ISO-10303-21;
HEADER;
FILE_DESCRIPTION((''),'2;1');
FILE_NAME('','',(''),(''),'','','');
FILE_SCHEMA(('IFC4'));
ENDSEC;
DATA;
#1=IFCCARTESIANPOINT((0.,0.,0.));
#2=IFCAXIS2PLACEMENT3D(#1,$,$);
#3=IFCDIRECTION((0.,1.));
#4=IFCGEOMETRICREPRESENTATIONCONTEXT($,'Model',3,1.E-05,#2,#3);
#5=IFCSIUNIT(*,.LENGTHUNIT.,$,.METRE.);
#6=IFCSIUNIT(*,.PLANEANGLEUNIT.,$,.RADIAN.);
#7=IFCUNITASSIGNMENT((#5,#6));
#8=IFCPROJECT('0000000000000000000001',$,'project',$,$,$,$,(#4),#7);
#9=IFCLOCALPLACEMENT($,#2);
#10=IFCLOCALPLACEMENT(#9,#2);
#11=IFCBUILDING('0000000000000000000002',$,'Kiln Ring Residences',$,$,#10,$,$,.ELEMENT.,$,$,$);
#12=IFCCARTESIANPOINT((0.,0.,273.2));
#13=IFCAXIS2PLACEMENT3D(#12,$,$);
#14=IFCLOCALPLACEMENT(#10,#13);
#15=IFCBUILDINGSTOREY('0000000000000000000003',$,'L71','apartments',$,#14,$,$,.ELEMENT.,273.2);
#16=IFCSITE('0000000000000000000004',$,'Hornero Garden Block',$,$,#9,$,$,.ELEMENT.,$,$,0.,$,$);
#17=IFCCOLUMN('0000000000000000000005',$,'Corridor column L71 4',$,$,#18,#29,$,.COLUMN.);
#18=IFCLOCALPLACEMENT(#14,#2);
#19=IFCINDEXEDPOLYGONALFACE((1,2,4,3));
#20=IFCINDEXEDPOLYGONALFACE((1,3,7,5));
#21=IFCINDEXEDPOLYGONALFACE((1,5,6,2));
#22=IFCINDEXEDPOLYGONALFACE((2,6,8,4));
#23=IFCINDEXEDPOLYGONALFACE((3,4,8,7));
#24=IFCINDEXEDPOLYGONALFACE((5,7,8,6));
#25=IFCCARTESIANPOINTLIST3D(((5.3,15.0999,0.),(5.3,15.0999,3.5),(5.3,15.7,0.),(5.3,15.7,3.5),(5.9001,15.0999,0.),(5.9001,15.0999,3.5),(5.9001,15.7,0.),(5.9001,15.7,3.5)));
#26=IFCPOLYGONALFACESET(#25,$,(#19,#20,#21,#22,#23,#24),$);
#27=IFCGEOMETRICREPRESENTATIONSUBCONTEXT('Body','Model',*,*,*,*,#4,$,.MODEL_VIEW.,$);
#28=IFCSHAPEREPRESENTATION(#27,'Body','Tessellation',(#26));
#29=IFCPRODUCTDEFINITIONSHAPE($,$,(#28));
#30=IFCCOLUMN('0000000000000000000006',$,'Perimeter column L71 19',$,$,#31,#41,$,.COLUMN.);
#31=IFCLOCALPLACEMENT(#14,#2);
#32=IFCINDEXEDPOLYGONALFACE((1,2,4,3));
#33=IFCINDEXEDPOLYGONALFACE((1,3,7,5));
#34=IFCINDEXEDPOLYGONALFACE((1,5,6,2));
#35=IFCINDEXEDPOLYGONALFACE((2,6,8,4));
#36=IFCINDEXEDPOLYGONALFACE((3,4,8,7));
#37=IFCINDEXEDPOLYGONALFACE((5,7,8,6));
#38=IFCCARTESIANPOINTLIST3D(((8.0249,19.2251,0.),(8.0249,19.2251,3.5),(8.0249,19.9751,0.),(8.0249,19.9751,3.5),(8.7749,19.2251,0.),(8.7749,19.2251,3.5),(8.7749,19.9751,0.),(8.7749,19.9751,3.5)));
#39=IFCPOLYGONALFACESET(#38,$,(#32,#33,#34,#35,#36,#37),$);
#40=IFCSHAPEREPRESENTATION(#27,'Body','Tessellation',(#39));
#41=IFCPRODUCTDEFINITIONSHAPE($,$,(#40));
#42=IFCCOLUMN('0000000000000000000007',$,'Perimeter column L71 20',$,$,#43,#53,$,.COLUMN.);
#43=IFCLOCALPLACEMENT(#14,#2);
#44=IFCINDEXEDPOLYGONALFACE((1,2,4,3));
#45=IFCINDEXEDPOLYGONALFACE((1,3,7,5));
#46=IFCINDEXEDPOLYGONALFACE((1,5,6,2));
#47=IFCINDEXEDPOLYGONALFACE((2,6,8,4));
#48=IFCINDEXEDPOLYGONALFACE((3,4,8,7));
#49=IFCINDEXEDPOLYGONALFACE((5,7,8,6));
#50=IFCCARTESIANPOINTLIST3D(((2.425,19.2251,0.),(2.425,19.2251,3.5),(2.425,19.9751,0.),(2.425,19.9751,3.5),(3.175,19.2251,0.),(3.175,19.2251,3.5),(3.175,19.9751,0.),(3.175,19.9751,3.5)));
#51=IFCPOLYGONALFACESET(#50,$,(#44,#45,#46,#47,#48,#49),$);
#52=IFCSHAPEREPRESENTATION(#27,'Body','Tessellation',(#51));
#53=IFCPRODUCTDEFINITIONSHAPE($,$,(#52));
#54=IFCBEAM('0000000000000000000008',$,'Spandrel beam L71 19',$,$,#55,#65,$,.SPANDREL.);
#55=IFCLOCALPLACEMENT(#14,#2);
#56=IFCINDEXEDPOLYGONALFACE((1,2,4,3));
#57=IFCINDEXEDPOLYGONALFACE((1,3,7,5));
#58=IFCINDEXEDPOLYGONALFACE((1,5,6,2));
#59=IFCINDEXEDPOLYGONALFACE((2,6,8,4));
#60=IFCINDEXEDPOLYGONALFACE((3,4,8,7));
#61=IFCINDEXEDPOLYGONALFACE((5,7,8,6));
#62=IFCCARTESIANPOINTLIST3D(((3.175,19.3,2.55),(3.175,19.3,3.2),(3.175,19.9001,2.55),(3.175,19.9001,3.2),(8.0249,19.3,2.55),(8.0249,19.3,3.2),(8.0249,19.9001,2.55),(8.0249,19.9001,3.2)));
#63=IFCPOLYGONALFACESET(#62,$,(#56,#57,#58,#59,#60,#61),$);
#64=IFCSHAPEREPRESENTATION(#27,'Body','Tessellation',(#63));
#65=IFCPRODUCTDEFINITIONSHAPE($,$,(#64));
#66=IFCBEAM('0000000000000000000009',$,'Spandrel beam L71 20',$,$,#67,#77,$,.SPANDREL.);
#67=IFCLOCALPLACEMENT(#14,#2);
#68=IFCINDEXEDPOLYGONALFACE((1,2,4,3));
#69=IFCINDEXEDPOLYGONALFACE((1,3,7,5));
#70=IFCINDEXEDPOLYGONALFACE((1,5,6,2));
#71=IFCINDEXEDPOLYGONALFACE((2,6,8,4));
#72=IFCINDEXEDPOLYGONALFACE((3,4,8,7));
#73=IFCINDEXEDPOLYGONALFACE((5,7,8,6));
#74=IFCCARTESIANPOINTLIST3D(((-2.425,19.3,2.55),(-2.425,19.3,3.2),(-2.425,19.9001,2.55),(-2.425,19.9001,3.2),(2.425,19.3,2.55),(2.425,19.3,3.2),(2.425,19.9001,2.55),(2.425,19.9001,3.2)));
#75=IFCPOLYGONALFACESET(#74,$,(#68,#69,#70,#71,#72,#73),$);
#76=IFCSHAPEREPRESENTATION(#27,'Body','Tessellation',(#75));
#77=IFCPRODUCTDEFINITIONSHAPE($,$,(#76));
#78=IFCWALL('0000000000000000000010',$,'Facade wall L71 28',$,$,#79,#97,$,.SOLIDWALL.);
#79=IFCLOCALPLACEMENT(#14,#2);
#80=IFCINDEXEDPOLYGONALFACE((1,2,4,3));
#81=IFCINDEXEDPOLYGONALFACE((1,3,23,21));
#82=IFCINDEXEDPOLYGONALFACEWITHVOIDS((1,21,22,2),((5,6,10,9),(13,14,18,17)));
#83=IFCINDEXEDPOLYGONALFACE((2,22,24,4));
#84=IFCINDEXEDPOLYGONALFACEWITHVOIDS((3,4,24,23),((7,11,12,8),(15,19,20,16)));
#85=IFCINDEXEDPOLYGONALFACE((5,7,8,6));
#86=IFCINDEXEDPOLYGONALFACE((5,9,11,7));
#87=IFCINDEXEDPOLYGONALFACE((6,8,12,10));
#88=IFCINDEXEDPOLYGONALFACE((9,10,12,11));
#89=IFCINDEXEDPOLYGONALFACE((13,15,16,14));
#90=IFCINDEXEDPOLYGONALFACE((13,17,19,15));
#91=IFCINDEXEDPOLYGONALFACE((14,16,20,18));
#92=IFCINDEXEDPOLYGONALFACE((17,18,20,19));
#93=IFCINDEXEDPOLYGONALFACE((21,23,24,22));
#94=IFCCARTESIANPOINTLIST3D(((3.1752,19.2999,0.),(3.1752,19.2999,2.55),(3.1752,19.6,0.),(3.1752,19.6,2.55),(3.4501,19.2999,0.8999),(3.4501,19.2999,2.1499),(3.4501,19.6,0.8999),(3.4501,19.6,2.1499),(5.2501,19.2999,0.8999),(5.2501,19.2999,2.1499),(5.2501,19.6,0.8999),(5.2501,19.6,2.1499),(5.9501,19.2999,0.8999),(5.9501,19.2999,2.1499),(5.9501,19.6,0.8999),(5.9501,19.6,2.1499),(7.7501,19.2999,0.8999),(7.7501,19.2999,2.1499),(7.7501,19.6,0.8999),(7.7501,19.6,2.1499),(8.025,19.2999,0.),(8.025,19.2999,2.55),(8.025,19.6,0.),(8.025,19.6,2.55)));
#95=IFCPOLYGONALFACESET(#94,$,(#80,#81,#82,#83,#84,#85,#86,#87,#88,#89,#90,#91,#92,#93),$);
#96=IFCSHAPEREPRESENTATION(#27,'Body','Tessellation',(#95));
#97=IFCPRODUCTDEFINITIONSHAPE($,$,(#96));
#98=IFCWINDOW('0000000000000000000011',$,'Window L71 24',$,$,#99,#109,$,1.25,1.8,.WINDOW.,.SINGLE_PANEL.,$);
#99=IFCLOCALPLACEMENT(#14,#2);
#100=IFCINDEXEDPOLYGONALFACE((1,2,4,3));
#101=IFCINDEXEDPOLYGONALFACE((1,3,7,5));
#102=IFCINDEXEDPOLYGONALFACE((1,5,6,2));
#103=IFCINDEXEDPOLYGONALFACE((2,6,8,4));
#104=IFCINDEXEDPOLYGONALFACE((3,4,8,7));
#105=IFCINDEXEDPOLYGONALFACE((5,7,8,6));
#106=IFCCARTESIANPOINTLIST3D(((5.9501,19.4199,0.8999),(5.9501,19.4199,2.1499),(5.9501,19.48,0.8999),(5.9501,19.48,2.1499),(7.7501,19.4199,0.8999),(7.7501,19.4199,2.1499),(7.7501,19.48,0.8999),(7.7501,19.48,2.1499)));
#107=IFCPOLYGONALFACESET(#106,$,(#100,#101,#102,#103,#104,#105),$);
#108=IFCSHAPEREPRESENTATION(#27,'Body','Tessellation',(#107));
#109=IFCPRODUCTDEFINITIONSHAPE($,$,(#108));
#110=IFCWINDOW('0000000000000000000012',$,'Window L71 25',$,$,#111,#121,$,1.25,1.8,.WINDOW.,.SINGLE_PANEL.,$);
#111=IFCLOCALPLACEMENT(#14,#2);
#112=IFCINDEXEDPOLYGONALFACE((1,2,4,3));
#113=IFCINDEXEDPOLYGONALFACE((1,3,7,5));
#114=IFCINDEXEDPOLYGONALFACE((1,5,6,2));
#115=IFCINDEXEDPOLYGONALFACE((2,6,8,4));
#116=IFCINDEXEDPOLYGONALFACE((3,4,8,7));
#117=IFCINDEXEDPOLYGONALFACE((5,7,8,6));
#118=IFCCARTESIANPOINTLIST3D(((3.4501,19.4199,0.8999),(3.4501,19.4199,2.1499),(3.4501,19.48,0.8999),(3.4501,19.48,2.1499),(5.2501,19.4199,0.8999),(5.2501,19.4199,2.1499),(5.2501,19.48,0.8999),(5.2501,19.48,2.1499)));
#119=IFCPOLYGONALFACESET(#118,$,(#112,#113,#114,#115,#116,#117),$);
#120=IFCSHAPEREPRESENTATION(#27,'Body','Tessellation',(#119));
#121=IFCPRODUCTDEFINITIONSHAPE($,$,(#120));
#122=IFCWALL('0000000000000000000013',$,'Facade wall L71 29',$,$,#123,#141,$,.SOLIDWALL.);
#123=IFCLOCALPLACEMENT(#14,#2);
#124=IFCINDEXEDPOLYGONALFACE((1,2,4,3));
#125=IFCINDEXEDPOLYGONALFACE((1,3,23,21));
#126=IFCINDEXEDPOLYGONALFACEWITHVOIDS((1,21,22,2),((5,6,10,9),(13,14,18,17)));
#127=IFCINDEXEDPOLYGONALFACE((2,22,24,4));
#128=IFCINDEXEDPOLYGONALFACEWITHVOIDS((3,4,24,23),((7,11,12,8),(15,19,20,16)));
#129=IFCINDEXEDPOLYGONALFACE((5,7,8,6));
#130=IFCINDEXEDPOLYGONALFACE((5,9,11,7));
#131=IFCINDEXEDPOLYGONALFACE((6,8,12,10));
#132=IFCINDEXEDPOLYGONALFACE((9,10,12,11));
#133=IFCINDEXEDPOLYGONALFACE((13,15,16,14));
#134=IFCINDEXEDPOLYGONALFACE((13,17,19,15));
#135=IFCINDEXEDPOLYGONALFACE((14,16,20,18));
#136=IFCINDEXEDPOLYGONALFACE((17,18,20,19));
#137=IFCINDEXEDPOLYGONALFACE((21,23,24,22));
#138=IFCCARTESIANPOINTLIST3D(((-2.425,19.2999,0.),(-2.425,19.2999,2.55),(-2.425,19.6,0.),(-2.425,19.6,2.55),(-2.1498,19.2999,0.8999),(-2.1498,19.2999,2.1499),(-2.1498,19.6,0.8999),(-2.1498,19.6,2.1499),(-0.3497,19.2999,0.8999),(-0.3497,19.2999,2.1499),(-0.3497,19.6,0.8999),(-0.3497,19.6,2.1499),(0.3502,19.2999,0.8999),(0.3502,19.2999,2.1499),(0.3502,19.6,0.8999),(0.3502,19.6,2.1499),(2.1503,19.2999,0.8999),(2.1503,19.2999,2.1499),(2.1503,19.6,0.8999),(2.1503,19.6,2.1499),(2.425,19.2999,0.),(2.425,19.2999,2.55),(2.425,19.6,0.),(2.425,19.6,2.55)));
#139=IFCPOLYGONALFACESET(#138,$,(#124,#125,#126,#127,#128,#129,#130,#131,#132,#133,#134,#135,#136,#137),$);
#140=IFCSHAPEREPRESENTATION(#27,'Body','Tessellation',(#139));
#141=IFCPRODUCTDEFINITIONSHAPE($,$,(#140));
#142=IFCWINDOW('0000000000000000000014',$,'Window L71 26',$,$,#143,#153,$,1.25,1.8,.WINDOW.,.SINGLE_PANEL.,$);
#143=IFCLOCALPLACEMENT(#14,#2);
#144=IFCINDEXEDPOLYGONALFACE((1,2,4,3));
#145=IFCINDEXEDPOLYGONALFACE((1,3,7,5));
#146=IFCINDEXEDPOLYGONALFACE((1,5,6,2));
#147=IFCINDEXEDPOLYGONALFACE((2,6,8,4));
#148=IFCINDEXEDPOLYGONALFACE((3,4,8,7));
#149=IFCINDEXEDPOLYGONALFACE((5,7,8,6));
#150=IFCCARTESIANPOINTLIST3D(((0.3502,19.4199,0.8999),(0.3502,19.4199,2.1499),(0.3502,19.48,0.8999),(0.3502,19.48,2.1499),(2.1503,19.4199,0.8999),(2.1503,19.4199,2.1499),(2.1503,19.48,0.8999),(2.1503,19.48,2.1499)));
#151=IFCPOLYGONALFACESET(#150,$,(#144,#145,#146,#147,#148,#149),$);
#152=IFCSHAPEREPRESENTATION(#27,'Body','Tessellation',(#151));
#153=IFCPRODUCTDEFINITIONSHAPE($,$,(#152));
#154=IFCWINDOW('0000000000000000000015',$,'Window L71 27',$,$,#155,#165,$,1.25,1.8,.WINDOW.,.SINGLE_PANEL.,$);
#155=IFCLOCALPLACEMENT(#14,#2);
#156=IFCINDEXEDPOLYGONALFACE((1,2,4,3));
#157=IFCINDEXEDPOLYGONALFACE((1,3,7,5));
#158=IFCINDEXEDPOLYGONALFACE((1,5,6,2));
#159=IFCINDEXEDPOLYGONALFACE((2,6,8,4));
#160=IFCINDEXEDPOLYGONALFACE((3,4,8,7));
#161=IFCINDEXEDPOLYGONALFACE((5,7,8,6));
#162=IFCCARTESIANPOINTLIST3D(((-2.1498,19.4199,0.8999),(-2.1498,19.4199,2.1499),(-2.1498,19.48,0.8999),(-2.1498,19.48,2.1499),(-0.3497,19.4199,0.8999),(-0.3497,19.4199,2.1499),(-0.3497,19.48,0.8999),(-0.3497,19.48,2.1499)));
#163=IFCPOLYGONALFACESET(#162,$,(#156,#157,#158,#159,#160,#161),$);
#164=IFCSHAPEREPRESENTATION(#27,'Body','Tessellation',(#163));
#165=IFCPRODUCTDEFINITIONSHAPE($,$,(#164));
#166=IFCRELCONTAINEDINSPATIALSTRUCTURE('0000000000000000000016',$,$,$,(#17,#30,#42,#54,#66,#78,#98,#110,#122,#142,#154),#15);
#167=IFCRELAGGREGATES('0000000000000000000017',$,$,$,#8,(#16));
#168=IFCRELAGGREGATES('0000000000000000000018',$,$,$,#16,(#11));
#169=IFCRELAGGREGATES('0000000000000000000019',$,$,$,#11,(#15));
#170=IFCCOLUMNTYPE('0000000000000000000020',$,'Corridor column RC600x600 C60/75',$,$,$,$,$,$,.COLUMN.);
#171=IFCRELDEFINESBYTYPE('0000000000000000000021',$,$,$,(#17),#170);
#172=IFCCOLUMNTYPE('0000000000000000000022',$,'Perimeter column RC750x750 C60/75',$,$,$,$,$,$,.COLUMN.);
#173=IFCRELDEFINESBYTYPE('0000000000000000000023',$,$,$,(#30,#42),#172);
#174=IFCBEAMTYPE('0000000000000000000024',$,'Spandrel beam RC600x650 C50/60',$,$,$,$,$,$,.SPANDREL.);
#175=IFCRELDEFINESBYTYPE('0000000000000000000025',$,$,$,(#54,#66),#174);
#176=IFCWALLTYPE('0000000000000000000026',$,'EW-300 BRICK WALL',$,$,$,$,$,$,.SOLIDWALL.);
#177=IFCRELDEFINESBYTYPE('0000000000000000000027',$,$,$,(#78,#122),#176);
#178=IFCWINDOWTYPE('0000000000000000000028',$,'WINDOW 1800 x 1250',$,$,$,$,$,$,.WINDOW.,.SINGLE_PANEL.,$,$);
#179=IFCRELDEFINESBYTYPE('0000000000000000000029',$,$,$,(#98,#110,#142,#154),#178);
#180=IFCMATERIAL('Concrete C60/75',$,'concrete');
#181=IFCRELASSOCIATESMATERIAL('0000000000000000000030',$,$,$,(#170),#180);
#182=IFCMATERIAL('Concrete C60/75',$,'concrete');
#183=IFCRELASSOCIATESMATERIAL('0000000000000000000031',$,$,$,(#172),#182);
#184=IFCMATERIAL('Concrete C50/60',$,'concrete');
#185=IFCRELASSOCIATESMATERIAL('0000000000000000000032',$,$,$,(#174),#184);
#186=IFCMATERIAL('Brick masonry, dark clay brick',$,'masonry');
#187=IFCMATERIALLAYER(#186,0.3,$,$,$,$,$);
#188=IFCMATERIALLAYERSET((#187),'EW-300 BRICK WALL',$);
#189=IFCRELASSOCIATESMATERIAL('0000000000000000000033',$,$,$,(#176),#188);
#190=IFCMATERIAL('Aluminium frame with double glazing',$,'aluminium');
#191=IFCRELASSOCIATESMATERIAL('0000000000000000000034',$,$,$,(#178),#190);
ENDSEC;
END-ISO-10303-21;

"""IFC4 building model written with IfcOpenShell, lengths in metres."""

from ifc_helpers import new_model, si_unit, direction, frame, frame_2d, origin, origin_2d, place, context, subcontext, project, spatial, rectangle, extrude, material, layer, layer_set, material_profile, profile_set, type_object, element, fill, save


model = new_model("IFC4")

# Units and contexts
model_context = context("Model", 3, precision=1e-05, world=origin(), true_north=direction((0.0, 1.0)))
body_context = subcontext(model_context, "Body", "Model", "MODEL_VIEW")
ifc_project = project(units=[si_unit("LENGTHUNIT", "METRE"), si_unit("PLANEANGLEUNIT", "RADIAN")], contexts=[model_context])

# Site, building, storey
site_placement = place(None, origin())
site = spatial("IfcSite", under=ifc_project, at=site_placement, Name="Hornero Garden Block", CompositionType="ELEMENT", RefElevation=0.0)
building_placement = place(site_placement, origin())
building = spatial("IfcBuilding", under=site, at=building_placement, Name="Kiln Ring Residences", CompositionType="ELEMENT")
storey_placement = place(building_placement, frame((0.0, 0.0, 273.2)))
storey = spatial("IfcBuildingStorey", under=building, at=storey_placement, Name="L71", Description="apartments", CompositionType="ELEMENT", Elevation=273.2)

# Columns
ifc_material_1 = material(Name="Concrete C60/75", Category="concrete")
ifc_material_profile_1 = material_profile(ifc_material_1, rectangle(XDim=0.6001, YDim=0.6001, at=origin_2d()), Name="RC600x600")
ifc_profile_set_1 = profile_set([ifc_material_profile_1], Name="Concrete C60/75")
column_type_1 = type_object("IfcColumnType", Name="Corridor column RC600x600 C60/75", PredefinedType="COLUMN", material=ifc_profile_set_1)
column_placement = place(storey_placement, frame((5.6001, 15.3999, 0.0), z_axis=(0.0, 0.0, 1.0), x_axis=(1.0, 0.0, 0.0)))
element("IfcColumn", 1, at=column_placement, inside=storey, type_object=column_type_1, Name="Corridor column L71 4", PredefinedType="COLUMN", context=body_context, shape_type="SweptSolid", body=[
    extrude(rectangle(XDim=0.6001, YDim=0.6001, at=origin_2d()), origin(), (0.0, 0.0, 1.0), 3.5),
])
ifc_material_2 = material(Name="Concrete C60/75", Category="concrete")
ifc_material_profile_2 = material_profile(ifc_material_2, rectangle(XDim=0.75, YDim=0.75, at=origin_2d()), Name="RC750x750")
ifc_profile_set_2 = profile_set([ifc_material_profile_2], Name="Concrete C60/75")
column_type_2 = type_object("IfcColumnType", Name="Perimeter column RC750x750 C60/75", PredefinedType="COLUMN", material=ifc_profile_set_2)
for number, where, z_axis, x_axis, name in (
    (2, (8.3999, 19.6001, 0.0), (0.0, 0.0, 1.0), (1.0, 0.0, 0.0), "Perimeter column L71 19"),
    (3, (2.8, 19.6001, 0.0), (0.0, 0.0, 1.0), (1.0, 0.0, 0.0), "Perimeter column L71 20"),
):
    element("IfcColumn", number, at=place(storey_placement, frame(where, z_axis=z_axis, x_axis=x_axis)), inside=storey, type_object=column_type_2, Name=name, PredefinedType="COLUMN", context=body_context, shape_type="SweptSolid", body=[
        extrude(rectangle(XDim=0.75, YDim=0.75, at=origin_2d()), origin(), (0.0, 0.0, 1.0), 3.5),
    ])

# Beams
ifc_material_3 = material(Name="Concrete C50/60", Category="concrete")
ifc_material_profile_3 = material_profile(ifc_material_3, rectangle(XDim=0.6001, YDim=0.6499, at=origin_2d()), Name="RC600x650")
ifc_profile_set_3 = profile_set([ifc_material_profile_3], Name="Concrete C50/60")
beam_type = type_object("IfcBeamType", Name="Spandrel beam RC600x650 C50/60", PredefinedType="SPANDREL", material=ifc_profile_set_3)
beam_1_placement = place(storey_placement, frame((8.0249, 19.6001, 2.875), z_axis=(-1.0, 0.0, 0.0), x_axis=(0.0, -1.0, 0.0)))
element("IfcBeam", 4, at=beam_1_placement, inside=storey, type_object=beam_type, Name="Spandrel beam L71 19", PredefinedType="SPANDREL", context=body_context, shape_type="SweptSolid", body=[
    extrude(rectangle(XDim=0.6001, YDim=0.6499, at=origin_2d()), origin(), (0.0, 0.0, 1.0), 4.8499),
])
beam_2_placement = place(storey_placement, frame((2.425, 19.6001, 2.875), z_axis=(-1.0, 0.0, 0.0), x_axis=(0.0, -1.0, 0.0)))
element("IfcBeam", 5, at=beam_2_placement, inside=storey, type_object=beam_type, Name="Spandrel beam L71 20", PredefinedType="SPANDREL", context=body_context, shape_type="SweptSolid", body=[
    extrude(rectangle(XDim=0.6001, YDim=0.6499, at=origin_2d()), origin(), (0.0, 0.0, 1.0), 4.8501),
])

# Walls, openings, windows
ifc_material_4 = material(Name="Brick masonry, dark clay brick", Category="masonry")
ifc_layer_1 = layer(ifc_material_4, 0.3)
ifc_layer_set_1 = layer_set([ifc_layer_1], Name="EW-300 BRICK WALL")
wall_type_1 = type_object("IfcWallType", Name="EW-300 BRICK WALL", PredefinedType="SOLIDWALL", material=ifc_layer_set_1)
wall_1_placement = place(storey_placement, frame((8.0249, 19.45, 0.0), z_axis=(0.0, 0.0, 1.0), x_axis=(-1.0, 0.0, 0.0)))
wall_1 = element("IfcWall", 6, at=wall_1_placement, inside=storey, type_object=wall_type_1, Name="Facade wall L71 28", PredefinedType="SOLIDWALL", context=body_context, shape_type="SweptSolid", body=[
    extrude(rectangle(XDim=4.8499, YDim=0.3, at=frame_2d((2.4248, 0.0))), origin(), (0.0, 0.0, 1.0), 2.55),
])
opening_1_placement = place(wall_1_placement, frame((0.2749, 0.0, 0.8999)))
opening_1 = element("IfcOpeningElement", 7, at=opening_1_placement, cuts=wall_1, PredefinedType="OPENING", context=body_context, shape_type="SweptSolid", body=[
    extrude(rectangle(XDim=1.8, YDim=1.25, at=frame_2d((0.8999, 0.625))), frame((0.0, 0.1599, 0.0), z_axis=(0.0, -1.0, 0.0), x_axis=(1.0, 0.0, 0.0)), (0.0, 0.0, 1.0), 0.3201),
])
opening_2_placement = place(wall_1_placement, frame((2.7749, 0.0, 0.8999)))
opening_2 = element("IfcOpeningElement", 8, at=opening_2_placement, cuts=wall_1, PredefinedType="OPENING", context=body_context, shape_type="SweptSolid", body=[
    extrude(rectangle(XDim=1.8, YDim=1.25, at=frame_2d((0.8999, 0.625))), frame((0.0, 0.1599, 0.0), z_axis=(0.0, -1.0, 0.0), x_axis=(1.0, 0.0, 0.0)), (0.0, 0.0, 1.0), 0.3201),
])
ifc_material_5 = material(Name="Aluminium frame with double glazing", Category="aluminium")
window_type = type_object("IfcWindowType", Name="WINDOW 1800 x 1250", PartitioningType="SINGLE_PANEL", PredefinedType="WINDOW", material=ifc_material_5)
window_1_placement = place(opening_1_placement, origin())
window_1 = element("IfcWindow", 9, at=window_1_placement, inside=storey, type_object=window_type, Name="Window L71 24", OverallHeight=1.25, OverallWidth=1.8, PartitioningType="SINGLE_PANEL", PredefinedType="WINDOW", context=body_context, shape_type="SweptSolid", body=[
    extrude(rectangle(XDim=1.8, YDim=1.25, at=frame_2d((0.8999, 0.625))), frame((0.0, 0.03, 0.0), z_axis=(0.0, -1.0, 0.0), x_axis=(1.0, 0.0, 0.0)), (0.0, 0.0, 1.0), 0.0601),
])
fill(opening_1, window_1)
window_2_placement = place(opening_2_placement, origin())
window_2 = element("IfcWindow", 10, at=window_2_placement, inside=storey, type_object=window_type, Name="Window L71 25", OverallHeight=1.25, OverallWidth=1.8, PartitioningType="SINGLE_PANEL", PredefinedType="WINDOW", context=body_context, shape_type="SweptSolid", body=[
    extrude(rectangle(XDim=1.8, YDim=1.25, at=frame_2d((0.8999, 0.625))), frame((0.0, 0.03, 0.0), z_axis=(0.0, -1.0, 0.0), x_axis=(1.0, 0.0, 0.0)), (0.0, 0.0, 1.0), 0.0601),
])
fill(opening_2, window_2)
wall_2_placement = place(storey_placement, frame((2.425, 19.45, 0.0), z_axis=(0.0, 0.0, 1.0), x_axis=(-1.0, 0.0, 0.0)))
wall_2 = element("IfcWall", 11, at=wall_2_placement, inside=storey, type_object=wall_type_1, Name="Facade wall L71 29", PredefinedType="SOLIDWALL", context=body_context, shape_type="SweptSolid", body=[
    extrude(rectangle(XDim=4.8501, YDim=0.3, at=frame_2d((2.425, 0.0))), origin(), (0.0, 0.0, 1.0), 2.55),
])
opening_3_placement = place(wall_2_placement, frame((0.2749, 0.0, 0.8999)))
opening_3 = element("IfcOpeningElement", 12, at=opening_3_placement, cuts=wall_2, PredefinedType="OPENING", context=body_context, shape_type="SweptSolid", body=[
    extrude(rectangle(XDim=1.8, YDim=1.25, at=frame_2d((0.8999, 0.625))), frame((0.0, 0.1599, 0.0), z_axis=(0.0, -1.0, 0.0), x_axis=(1.0, 0.0, 0.0)), (0.0, 0.0, 1.0), 0.3201),
])
opening_4_placement = place(wall_2_placement, frame((2.7749, 0.0, 0.8999)))
opening_4 = element("IfcOpeningElement", 13, at=opening_4_placement, cuts=wall_2, PredefinedType="OPENING", context=body_context, shape_type="SweptSolid", body=[
    extrude(rectangle(XDim=1.8, YDim=1.25, at=frame_2d((0.8999, 0.625))), frame((0.0, 0.1599, 0.0), z_axis=(0.0, -1.0, 0.0), x_axis=(1.0, 0.0, 0.0)), (0.0, 0.0, 1.0), 0.3201),
])
window_3_placement = place(opening_3_placement, origin())
window_3 = element("IfcWindow", 14, at=window_3_placement, inside=storey, type_object=window_type, Name="Window L71 26", OverallHeight=1.25, OverallWidth=1.8, PartitioningType="SINGLE_PANEL", PredefinedType="WINDOW", context=body_context, shape_type="SweptSolid", body=[
    extrude(rectangle(XDim=1.8, YDim=1.25, at=frame_2d((0.8999, 0.625))), frame((0.0, 0.03, 0.0), z_axis=(0.0, -1.0, 0.0), x_axis=(1.0, 0.0, 0.0)), (0.0, 0.0, 1.0), 0.0601),
])
fill(opening_3, window_3)
window_4_placement = place(opening_4_placement, origin())
window_4 = element("IfcWindow", 15, at=window_4_placement, inside=storey, type_object=window_type, Name="Window L71 27", OverallHeight=1.25, OverallWidth=1.8, PartitioningType="SINGLE_PANEL", PredefinedType="WINDOW", context=body_context, shape_type="SweptSolid", body=[
    extrude(rectangle(XDim=1.8, YDim=1.25, at=frame_2d((0.8999, 0.625))), frame((0.0, 0.03, 0.0), z_axis=(0.0, -1.0, 0.0), x_axis=(1.0, 0.0, 0.0)), (0.0, 0.0, 1.0), 0.0601),
])
fill(opening_4, window_4)

save(model, "model.ifc")
